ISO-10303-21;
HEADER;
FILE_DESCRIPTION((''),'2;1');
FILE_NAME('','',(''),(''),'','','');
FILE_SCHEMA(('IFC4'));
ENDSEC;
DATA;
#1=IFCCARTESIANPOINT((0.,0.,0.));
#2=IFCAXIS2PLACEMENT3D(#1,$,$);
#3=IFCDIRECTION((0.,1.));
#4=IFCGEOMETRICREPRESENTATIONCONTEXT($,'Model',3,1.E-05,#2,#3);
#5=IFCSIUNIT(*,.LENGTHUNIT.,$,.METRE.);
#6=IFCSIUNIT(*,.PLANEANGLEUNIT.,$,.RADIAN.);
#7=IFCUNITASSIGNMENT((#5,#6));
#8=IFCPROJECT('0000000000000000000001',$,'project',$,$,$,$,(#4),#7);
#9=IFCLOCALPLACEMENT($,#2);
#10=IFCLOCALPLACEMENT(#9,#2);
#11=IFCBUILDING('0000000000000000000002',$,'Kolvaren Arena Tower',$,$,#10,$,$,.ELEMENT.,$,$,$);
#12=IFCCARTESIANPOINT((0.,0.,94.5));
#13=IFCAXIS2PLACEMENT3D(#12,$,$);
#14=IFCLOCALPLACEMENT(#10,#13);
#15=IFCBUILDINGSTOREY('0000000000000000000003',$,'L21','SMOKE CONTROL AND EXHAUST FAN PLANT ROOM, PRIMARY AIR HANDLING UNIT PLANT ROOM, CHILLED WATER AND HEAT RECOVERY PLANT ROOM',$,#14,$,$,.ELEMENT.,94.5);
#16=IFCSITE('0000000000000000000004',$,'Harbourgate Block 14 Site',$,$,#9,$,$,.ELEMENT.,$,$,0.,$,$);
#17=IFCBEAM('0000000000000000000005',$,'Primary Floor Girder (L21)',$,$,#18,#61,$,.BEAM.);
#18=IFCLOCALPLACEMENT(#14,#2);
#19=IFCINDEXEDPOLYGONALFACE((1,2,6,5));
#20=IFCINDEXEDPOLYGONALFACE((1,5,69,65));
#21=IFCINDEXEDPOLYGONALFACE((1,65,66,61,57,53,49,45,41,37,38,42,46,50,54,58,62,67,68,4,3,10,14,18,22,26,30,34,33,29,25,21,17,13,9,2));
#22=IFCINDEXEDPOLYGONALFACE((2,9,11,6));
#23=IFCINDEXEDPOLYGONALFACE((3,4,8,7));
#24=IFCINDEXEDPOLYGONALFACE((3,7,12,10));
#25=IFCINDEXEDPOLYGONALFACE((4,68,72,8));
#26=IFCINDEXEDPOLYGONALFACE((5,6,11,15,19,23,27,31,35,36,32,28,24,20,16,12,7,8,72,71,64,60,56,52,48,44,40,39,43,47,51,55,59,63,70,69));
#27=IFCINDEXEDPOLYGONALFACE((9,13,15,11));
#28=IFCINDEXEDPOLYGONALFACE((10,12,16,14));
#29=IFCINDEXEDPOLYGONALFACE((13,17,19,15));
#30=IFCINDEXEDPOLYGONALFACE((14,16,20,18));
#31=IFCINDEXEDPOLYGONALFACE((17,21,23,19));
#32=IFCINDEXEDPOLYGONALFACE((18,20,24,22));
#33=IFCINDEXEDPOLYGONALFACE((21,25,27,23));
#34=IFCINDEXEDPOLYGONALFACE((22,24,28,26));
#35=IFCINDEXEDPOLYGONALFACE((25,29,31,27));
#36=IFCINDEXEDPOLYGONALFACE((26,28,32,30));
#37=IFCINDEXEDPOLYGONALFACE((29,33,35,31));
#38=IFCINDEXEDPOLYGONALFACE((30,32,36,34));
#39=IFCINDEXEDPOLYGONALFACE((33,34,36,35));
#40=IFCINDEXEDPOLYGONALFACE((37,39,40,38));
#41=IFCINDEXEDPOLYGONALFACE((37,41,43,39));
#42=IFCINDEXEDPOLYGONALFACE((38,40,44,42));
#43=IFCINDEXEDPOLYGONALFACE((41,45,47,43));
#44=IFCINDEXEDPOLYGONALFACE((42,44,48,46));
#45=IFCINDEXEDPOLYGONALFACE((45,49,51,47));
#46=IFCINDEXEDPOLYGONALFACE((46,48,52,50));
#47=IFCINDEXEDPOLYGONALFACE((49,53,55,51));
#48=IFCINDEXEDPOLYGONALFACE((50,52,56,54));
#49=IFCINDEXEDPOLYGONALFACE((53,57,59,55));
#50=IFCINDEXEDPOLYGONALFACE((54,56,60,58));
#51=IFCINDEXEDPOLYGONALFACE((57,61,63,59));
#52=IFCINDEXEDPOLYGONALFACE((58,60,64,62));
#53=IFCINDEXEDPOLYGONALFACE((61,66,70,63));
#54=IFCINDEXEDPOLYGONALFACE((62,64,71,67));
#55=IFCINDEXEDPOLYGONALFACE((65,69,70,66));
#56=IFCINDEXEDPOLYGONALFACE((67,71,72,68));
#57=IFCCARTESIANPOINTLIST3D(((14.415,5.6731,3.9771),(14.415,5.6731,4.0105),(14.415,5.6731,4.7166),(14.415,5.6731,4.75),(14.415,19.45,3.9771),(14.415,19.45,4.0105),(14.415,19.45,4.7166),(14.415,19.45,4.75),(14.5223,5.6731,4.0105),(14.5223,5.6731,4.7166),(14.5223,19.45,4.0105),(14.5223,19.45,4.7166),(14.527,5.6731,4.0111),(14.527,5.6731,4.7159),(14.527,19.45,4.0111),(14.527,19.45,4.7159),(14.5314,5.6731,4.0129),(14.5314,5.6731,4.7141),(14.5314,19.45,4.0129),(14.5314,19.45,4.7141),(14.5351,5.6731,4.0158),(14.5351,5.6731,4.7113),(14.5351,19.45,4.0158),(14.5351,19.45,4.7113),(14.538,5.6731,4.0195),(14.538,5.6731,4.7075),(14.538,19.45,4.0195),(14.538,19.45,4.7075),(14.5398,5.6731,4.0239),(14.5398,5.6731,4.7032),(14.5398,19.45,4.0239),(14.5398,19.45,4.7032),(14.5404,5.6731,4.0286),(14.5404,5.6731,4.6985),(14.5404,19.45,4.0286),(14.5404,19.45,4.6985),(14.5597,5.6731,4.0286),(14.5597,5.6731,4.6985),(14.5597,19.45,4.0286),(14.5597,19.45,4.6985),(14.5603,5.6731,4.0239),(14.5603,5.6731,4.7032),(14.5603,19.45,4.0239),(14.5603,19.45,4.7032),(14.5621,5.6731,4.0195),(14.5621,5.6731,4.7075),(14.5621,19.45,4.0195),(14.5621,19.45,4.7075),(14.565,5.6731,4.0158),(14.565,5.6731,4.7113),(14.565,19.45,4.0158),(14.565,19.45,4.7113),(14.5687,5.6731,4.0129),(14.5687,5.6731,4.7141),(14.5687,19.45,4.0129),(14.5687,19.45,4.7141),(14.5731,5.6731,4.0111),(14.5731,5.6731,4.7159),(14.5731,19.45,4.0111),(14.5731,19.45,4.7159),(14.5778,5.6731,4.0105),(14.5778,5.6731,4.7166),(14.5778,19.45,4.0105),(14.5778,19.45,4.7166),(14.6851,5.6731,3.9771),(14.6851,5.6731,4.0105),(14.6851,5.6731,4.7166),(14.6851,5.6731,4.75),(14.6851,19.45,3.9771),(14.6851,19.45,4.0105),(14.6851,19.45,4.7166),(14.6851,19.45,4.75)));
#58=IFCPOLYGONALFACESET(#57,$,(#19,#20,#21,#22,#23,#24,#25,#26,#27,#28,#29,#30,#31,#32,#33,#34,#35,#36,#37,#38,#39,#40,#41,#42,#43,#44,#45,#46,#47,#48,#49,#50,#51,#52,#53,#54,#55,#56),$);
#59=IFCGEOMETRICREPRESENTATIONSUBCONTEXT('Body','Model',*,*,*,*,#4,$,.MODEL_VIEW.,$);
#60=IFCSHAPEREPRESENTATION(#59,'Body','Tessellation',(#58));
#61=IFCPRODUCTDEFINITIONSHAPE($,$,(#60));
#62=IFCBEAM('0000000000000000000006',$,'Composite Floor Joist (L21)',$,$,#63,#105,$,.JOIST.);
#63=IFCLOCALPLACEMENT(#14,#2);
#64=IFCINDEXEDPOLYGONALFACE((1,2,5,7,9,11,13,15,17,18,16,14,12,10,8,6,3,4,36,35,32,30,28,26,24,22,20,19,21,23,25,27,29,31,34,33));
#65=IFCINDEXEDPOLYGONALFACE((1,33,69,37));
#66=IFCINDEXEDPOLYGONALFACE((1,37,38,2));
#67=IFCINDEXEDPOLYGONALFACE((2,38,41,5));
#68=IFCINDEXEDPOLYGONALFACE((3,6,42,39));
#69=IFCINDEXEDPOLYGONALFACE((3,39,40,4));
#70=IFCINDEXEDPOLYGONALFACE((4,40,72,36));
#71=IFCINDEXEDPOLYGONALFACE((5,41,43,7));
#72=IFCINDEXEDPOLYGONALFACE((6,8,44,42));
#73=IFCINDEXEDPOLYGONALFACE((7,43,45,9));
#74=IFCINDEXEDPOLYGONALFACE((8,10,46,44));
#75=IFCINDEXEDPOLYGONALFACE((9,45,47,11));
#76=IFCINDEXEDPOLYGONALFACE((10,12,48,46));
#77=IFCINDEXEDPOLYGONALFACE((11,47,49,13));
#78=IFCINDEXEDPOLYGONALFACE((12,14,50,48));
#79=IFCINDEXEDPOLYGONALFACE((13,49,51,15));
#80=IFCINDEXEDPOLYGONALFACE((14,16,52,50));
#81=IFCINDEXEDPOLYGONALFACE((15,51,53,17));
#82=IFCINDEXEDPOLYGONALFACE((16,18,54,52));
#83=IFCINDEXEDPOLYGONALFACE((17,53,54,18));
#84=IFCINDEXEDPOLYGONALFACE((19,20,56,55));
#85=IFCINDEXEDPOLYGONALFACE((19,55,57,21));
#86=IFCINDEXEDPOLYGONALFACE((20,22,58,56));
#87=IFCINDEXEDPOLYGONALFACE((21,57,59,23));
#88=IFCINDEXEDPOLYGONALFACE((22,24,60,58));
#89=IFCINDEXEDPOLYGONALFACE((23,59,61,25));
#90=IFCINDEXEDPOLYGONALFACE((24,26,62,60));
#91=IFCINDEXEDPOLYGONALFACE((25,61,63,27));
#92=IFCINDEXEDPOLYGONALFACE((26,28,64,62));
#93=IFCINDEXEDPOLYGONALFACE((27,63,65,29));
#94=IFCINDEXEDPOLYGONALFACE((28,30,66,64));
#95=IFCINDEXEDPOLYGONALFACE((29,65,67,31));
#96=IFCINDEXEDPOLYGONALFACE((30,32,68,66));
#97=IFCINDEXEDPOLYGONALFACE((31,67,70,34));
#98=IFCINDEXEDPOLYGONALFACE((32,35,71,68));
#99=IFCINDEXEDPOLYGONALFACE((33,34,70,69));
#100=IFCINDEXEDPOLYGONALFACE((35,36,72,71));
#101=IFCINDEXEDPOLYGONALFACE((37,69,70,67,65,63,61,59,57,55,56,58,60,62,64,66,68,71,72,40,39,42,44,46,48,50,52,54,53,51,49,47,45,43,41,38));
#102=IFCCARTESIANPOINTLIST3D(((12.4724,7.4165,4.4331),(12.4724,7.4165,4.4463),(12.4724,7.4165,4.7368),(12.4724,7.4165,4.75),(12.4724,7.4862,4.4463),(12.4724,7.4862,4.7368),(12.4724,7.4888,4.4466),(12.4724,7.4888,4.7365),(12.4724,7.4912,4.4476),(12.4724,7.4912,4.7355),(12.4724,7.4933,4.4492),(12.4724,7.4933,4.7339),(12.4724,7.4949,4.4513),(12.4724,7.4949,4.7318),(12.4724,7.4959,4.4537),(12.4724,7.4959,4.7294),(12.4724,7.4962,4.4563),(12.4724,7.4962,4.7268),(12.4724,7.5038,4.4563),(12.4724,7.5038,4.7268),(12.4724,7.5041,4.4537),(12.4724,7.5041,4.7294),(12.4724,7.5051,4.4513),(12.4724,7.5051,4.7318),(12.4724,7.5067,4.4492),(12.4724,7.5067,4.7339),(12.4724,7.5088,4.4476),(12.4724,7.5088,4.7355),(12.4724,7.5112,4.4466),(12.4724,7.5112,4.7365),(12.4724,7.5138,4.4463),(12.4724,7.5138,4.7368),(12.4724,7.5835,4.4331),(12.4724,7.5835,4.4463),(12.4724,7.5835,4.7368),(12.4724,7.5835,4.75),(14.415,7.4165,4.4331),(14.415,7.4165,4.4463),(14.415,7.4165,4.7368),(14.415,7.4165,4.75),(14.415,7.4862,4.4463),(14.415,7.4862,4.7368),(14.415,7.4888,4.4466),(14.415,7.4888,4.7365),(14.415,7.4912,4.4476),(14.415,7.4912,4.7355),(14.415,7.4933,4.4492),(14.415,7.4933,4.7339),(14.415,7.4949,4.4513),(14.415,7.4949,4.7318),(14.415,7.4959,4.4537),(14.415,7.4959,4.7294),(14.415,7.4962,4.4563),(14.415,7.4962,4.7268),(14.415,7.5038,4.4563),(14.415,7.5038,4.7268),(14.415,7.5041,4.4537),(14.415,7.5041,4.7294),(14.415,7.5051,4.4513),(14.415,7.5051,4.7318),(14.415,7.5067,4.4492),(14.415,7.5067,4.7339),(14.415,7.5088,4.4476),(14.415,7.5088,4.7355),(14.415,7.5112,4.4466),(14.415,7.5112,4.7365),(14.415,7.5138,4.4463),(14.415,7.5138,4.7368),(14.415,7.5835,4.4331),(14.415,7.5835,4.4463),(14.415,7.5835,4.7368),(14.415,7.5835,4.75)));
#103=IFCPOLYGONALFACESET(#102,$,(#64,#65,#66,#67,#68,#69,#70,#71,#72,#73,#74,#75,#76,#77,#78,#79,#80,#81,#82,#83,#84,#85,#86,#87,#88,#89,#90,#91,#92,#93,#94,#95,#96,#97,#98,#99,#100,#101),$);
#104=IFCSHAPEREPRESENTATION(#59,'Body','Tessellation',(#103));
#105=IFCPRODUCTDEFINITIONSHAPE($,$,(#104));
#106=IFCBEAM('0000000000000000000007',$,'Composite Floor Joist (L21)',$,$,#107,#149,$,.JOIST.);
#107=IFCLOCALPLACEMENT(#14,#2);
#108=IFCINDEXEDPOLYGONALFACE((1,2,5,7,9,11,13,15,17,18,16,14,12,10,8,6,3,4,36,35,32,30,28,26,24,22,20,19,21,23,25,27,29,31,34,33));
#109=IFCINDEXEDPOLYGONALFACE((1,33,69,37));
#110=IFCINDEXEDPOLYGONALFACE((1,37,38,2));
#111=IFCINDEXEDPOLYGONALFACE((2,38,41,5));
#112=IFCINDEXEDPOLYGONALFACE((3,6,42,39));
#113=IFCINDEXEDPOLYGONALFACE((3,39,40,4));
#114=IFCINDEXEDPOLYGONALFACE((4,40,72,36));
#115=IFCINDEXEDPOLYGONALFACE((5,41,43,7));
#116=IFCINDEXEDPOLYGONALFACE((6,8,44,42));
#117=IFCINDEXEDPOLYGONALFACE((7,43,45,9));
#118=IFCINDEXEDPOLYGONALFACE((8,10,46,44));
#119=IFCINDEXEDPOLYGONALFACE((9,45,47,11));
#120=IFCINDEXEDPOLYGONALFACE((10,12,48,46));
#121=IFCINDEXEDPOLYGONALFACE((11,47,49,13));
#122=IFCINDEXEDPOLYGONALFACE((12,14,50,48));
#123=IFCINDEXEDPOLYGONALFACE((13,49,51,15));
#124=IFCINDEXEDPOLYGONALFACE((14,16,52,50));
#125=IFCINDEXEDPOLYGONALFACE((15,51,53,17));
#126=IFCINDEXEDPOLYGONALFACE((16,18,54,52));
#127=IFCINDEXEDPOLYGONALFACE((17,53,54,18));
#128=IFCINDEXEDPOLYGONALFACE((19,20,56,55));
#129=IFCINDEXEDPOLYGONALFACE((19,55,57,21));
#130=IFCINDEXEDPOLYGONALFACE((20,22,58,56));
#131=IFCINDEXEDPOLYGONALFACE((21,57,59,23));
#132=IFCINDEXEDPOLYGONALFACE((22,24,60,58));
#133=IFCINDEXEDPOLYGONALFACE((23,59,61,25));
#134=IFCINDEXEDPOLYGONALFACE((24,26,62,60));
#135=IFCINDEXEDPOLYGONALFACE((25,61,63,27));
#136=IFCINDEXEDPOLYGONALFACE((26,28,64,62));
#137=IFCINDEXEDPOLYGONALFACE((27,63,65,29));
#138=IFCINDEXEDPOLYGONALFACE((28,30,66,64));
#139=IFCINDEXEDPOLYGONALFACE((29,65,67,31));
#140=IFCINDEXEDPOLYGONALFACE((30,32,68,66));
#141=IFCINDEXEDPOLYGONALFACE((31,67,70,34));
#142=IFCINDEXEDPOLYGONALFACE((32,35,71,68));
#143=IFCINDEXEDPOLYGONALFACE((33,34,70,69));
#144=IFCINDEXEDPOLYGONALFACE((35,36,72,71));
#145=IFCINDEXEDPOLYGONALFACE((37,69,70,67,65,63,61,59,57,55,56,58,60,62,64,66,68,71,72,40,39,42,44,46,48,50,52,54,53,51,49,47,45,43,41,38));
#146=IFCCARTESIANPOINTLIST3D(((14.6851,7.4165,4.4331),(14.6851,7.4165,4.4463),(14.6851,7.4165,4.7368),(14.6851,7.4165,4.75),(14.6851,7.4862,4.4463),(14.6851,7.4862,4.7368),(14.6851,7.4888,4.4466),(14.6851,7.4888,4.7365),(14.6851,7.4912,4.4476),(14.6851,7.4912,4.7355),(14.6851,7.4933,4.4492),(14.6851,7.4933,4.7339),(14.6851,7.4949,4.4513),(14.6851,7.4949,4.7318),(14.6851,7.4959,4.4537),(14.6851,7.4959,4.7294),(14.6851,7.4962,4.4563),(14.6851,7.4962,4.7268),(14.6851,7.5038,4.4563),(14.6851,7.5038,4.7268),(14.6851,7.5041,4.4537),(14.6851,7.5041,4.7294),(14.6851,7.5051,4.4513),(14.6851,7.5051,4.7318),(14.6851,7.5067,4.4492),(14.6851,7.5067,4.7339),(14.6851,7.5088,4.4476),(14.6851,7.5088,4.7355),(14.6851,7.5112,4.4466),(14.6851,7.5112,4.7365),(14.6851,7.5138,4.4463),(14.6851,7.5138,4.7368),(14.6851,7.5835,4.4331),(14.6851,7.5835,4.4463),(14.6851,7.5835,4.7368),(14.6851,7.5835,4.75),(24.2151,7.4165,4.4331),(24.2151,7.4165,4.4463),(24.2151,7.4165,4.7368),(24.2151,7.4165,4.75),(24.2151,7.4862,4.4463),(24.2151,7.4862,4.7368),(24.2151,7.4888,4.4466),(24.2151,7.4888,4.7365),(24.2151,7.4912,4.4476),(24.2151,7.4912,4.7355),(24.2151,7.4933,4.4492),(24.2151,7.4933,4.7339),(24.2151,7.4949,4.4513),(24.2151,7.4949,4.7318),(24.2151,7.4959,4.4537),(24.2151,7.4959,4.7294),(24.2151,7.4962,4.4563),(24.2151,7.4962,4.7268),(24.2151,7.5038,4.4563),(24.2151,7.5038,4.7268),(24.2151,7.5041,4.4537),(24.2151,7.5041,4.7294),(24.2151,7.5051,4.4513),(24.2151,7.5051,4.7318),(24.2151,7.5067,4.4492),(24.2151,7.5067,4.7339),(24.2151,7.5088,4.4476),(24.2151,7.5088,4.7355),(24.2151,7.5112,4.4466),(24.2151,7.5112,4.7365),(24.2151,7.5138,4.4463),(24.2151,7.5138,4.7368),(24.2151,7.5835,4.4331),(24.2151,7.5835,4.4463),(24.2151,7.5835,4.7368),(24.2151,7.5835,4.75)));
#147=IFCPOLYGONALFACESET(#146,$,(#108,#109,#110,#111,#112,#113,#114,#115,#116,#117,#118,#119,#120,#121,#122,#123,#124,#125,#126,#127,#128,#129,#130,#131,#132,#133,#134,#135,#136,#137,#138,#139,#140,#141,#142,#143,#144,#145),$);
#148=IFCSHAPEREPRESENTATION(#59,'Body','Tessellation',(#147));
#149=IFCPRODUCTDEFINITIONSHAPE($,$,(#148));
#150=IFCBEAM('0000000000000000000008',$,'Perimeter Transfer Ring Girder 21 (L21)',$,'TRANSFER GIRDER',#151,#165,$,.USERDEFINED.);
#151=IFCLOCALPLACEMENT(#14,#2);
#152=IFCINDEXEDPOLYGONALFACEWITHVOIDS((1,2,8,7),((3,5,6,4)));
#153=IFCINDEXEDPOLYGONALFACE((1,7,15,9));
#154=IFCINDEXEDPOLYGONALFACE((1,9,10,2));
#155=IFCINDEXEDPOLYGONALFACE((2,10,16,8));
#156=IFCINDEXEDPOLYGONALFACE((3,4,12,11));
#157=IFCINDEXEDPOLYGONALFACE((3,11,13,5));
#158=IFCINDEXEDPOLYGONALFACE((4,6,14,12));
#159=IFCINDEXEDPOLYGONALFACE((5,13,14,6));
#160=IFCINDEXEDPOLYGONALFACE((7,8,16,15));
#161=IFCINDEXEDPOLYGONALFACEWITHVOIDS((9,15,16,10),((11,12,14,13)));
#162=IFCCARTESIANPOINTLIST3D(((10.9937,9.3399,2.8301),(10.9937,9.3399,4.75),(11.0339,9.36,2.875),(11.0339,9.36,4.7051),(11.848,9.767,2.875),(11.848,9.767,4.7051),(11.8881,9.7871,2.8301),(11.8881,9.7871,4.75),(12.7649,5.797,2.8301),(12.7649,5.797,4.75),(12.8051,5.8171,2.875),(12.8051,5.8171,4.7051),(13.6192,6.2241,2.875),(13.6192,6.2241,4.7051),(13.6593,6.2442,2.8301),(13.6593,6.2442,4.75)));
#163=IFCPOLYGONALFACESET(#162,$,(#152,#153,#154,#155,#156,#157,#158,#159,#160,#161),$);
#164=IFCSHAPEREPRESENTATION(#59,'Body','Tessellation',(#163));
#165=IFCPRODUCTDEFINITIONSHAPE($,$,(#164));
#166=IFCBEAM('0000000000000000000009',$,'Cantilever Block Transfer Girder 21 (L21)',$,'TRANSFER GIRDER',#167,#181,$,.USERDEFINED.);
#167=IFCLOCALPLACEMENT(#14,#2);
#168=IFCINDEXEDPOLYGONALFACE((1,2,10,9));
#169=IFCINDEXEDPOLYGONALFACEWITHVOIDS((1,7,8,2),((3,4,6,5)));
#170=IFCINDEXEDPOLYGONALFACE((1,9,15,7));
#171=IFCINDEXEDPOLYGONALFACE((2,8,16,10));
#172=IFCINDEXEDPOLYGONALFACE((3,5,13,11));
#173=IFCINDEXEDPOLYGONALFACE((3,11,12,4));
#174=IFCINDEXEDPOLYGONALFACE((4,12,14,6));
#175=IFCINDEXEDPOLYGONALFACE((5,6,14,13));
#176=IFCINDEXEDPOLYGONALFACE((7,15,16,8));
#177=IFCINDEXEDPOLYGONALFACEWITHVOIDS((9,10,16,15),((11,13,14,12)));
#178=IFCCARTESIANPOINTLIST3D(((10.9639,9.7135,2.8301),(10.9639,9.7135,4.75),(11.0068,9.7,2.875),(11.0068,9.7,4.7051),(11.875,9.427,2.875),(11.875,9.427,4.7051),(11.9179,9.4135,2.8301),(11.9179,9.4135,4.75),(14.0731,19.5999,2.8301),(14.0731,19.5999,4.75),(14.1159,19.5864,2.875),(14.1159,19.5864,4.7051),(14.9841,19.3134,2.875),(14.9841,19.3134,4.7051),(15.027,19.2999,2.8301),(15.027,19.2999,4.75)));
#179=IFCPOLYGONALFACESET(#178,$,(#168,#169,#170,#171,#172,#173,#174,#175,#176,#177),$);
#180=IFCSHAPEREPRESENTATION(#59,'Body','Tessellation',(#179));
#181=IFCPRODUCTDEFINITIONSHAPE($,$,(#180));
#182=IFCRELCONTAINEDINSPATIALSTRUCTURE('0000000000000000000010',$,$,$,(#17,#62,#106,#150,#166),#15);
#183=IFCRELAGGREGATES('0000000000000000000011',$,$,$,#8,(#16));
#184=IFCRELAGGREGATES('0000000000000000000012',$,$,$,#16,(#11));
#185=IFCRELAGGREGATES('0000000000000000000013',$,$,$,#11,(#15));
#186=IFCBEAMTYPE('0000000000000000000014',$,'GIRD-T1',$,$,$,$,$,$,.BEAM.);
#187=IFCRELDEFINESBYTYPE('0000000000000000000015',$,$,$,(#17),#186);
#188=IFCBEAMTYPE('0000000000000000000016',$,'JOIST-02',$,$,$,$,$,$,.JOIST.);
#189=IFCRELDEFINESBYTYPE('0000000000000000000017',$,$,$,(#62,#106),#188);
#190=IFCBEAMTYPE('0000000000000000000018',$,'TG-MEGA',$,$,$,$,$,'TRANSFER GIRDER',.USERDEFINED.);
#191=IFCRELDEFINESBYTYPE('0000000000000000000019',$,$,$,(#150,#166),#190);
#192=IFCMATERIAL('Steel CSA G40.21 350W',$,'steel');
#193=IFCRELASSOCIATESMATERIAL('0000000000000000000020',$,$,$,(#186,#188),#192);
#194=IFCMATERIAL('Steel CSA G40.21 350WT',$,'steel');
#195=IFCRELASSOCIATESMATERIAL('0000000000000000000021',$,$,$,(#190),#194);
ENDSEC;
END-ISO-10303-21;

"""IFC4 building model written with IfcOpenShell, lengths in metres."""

from ifc_helpers import new_model, si_unit, direction, frame, origin, origin_2d, place, context, subcontext, project, spatial, hollow_rectangle, i_section, extrude, material, material_profile, profile_set, type_object, element, save


model = new_model("IFC4")

# Units and contexts
model_context = context("Model", 3, precision=1e-05, world=origin(), true_north=direction((0.0, 1.0)))
body_context = subcontext(model_context, "Body", "Model", "MODEL_VIEW")
ifc_project = project(units=[si_unit("LENGTHUNIT", "METRE"), si_unit("PLANEANGLEUNIT", "RADIAN")], contexts=[model_context])

# Site, building, storey
site_placement = place(None, origin())
site = spatial("IfcSite", under=ifc_project, at=site_placement, Name="Harbourgate Block 14 Site", CompositionType="ELEMENT", RefElevation=0.0)
building_placement = place(site_placement, origin())
building = spatial("IfcBuilding", under=site, at=building_placement, Name="Kolvaren Arena Tower", CompositionType="ELEMENT")
storey_placement = place(building_placement, frame((0.0, 0.0, 94.5)))
storey = spatial("IfcBuildingStorey", under=building, at=storey_placement, Name="L21", Description="SMOKE CONTROL AND EXHAUST FAN PLANT ROOM, PRIMARY AIR HANDLING UNIT PLANT ROOM, CHILLED WATER AND HEAT RECOVERY PLANT ROOM", CompositionType="ELEMENT", Elevation=94.5)

# Shared definitions
ifc_material_1 = material(Name="Steel CSA G40.21 350WT", Category="steel")

# Beams
ifc_material_2 = material(Name="Steel CSA G40.21 350W", Category="steel")
ifc_material_profile_1 = material_profile(ifc_material_2, i_section(OverallWidth=0.27, OverallDepth=0.7729, WebThickness=0.0193, FlangeThickness=0.0334, FilletRadius=0.0181, at=origin_2d()), Name="W760x257")
ifc_profile_set_1 = profile_set([ifc_material_profile_1], Name="Steel CSA G40.21 350W")
beam_type_1 = type_object("IfcBeamType", Name="GIRD-T1", PredefinedType="BEAM", material=ifc_profile_set_1)
beam_1_placement = place(storey_placement, frame((14.55, 5.6731, 4.3635), z_axis=(0.0, 1.0, 0.0), x_axis=(-1.0, 0.0, 0.0)))
element("IfcBeam", 1, at=beam_1_placement, inside=storey, type_object=beam_type_1, Name="Primary Floor Girder (L21)", PredefinedType="BEAM", context=body_context, shape_type="SweptSolid", body=[
    extrude(i_section(OverallWidth=0.27, OverallDepth=0.7729, WebThickness=0.0193, FlangeThickness=0.0334, FilletRadius=0.0181, at=origin_2d()), origin(), (0.0, 0.0, 1.0), 13.7769),
])
ifc_material_profile_2 = material_profile(ifc_material_2, i_section(OverallWidth=0.167, OverallDepth=0.3169, WebThickness=0.0076, FlangeThickness=0.0132, FilletRadius=0.01, at=origin_2d()), Name="W310x52")
ifc_profile_set_2 = profile_set([ifc_material_profile_2], Name="Steel CSA G40.21 350W")
beam_type_2 = type_object("IfcBeamType", Name="JOIST-02", PredefinedType="JOIST", material=ifc_profile_set_2)
beam_2_placement = place(storey_placement, frame((12.4724, 7.5, 4.5916), z_axis=(1.0, 0.0, 0.0), x_axis=(0.0, 1.0, 0.0)))
element("IfcBeam", 2, at=beam_2_placement, inside=storey, type_object=beam_type_2, Name="Composite Floor Joist (L21)", PredefinedType="JOIST", context=body_context, shape_type="SweptSolid", body=[
    extrude(i_section(OverallWidth=0.167, OverallDepth=0.3169, WebThickness=0.0076, FlangeThickness=0.0132, FilletRadius=0.01, at=origin_2d()), origin(), (0.0, 0.0, 1.0), 1.9426),
])
beam_3_placement = place(storey_placement, frame((14.6851, 7.5, 4.5916), z_axis=(1.0, 0.0, 0.0), x_axis=(0.0, 1.0, 0.0)))
element("IfcBeam", 3, at=beam_3_placement, inside=storey, type_object=beam_type_2, Name="Composite Floor Joist (L21)", PredefinedType="JOIST", context=body_context, shape_type="SweptSolid", body=[
    extrude(i_section(OverallWidth=0.167, OverallDepth=0.3169, WebThickness=0.0076, FlangeThickness=0.0132, FilletRadius=0.01, at=origin_2d()), origin(), (0.0, 0.0, 1.0), 9.53),
])
ifc_material_profile_3 = material_profile(ifc_material_1, hollow_rectangle(XDim=1.0, YDim=1.9199, WallThickness=0.0449, at=origin_2d()), Name="BOX 1000x1920x45")
ifc_profile_set_3 = profile_set([ifc_material_profile_3], Name="Steel CSA G40.21 350WT")
beam_type_3 = type_object("IfcBeamType", Name="TG-MEGA", ElementType="TRANSFER GIRDER", PredefinedType="USERDEFINED", material=ifc_profile_set_3)
beam_4_placement = place(storey_placement, frame((11.4409, 9.5635, 3.79), z_axis=(0.447164, -0.894452, 0.0), x_axis=(0.894452, 0.447164, 0.0)))
element("IfcBeam", 4, at=beam_4_placement, inside=storey, type_object=beam_type_3, Name="Perimeter Transfer Ring Girder 21 (L21)", ObjectType="TRANSFER GIRDER", PredefinedType="USERDEFINED", context=body_context, shape_type="SweptSolid", body=[
    extrude(hollow_rectangle(XDim=1.0, YDim=1.9199, WallThickness=0.0449, at=origin_2d()), origin(), (0.0, 0.0, 1.0), 3.9609),
])
beam_5_placement = place(storey_placement, frame((11.4409, 9.5635, 3.79), z_axis=(0.299998, 0.95394, 0.0), x_axis=(-0.95394, 0.299998, 0.0)))
element("IfcBeam", 5, at=beam_5_placement, inside=storey, type_object=beam_type_3, Name="Cantilever Block Transfer Girder 21 (L21)", ObjectType="TRANSFER GIRDER", PredefinedType="USERDEFINED", context=body_context, shape_type="SweptSolid", body=[
    extrude(hollow_rectangle(XDim=1.0, YDim=1.9199, WallThickness=0.0449, at=origin_2d()), origin(), (0.0, 0.0, 1.0), 10.3638),
])

save(model, "model.ifc")
